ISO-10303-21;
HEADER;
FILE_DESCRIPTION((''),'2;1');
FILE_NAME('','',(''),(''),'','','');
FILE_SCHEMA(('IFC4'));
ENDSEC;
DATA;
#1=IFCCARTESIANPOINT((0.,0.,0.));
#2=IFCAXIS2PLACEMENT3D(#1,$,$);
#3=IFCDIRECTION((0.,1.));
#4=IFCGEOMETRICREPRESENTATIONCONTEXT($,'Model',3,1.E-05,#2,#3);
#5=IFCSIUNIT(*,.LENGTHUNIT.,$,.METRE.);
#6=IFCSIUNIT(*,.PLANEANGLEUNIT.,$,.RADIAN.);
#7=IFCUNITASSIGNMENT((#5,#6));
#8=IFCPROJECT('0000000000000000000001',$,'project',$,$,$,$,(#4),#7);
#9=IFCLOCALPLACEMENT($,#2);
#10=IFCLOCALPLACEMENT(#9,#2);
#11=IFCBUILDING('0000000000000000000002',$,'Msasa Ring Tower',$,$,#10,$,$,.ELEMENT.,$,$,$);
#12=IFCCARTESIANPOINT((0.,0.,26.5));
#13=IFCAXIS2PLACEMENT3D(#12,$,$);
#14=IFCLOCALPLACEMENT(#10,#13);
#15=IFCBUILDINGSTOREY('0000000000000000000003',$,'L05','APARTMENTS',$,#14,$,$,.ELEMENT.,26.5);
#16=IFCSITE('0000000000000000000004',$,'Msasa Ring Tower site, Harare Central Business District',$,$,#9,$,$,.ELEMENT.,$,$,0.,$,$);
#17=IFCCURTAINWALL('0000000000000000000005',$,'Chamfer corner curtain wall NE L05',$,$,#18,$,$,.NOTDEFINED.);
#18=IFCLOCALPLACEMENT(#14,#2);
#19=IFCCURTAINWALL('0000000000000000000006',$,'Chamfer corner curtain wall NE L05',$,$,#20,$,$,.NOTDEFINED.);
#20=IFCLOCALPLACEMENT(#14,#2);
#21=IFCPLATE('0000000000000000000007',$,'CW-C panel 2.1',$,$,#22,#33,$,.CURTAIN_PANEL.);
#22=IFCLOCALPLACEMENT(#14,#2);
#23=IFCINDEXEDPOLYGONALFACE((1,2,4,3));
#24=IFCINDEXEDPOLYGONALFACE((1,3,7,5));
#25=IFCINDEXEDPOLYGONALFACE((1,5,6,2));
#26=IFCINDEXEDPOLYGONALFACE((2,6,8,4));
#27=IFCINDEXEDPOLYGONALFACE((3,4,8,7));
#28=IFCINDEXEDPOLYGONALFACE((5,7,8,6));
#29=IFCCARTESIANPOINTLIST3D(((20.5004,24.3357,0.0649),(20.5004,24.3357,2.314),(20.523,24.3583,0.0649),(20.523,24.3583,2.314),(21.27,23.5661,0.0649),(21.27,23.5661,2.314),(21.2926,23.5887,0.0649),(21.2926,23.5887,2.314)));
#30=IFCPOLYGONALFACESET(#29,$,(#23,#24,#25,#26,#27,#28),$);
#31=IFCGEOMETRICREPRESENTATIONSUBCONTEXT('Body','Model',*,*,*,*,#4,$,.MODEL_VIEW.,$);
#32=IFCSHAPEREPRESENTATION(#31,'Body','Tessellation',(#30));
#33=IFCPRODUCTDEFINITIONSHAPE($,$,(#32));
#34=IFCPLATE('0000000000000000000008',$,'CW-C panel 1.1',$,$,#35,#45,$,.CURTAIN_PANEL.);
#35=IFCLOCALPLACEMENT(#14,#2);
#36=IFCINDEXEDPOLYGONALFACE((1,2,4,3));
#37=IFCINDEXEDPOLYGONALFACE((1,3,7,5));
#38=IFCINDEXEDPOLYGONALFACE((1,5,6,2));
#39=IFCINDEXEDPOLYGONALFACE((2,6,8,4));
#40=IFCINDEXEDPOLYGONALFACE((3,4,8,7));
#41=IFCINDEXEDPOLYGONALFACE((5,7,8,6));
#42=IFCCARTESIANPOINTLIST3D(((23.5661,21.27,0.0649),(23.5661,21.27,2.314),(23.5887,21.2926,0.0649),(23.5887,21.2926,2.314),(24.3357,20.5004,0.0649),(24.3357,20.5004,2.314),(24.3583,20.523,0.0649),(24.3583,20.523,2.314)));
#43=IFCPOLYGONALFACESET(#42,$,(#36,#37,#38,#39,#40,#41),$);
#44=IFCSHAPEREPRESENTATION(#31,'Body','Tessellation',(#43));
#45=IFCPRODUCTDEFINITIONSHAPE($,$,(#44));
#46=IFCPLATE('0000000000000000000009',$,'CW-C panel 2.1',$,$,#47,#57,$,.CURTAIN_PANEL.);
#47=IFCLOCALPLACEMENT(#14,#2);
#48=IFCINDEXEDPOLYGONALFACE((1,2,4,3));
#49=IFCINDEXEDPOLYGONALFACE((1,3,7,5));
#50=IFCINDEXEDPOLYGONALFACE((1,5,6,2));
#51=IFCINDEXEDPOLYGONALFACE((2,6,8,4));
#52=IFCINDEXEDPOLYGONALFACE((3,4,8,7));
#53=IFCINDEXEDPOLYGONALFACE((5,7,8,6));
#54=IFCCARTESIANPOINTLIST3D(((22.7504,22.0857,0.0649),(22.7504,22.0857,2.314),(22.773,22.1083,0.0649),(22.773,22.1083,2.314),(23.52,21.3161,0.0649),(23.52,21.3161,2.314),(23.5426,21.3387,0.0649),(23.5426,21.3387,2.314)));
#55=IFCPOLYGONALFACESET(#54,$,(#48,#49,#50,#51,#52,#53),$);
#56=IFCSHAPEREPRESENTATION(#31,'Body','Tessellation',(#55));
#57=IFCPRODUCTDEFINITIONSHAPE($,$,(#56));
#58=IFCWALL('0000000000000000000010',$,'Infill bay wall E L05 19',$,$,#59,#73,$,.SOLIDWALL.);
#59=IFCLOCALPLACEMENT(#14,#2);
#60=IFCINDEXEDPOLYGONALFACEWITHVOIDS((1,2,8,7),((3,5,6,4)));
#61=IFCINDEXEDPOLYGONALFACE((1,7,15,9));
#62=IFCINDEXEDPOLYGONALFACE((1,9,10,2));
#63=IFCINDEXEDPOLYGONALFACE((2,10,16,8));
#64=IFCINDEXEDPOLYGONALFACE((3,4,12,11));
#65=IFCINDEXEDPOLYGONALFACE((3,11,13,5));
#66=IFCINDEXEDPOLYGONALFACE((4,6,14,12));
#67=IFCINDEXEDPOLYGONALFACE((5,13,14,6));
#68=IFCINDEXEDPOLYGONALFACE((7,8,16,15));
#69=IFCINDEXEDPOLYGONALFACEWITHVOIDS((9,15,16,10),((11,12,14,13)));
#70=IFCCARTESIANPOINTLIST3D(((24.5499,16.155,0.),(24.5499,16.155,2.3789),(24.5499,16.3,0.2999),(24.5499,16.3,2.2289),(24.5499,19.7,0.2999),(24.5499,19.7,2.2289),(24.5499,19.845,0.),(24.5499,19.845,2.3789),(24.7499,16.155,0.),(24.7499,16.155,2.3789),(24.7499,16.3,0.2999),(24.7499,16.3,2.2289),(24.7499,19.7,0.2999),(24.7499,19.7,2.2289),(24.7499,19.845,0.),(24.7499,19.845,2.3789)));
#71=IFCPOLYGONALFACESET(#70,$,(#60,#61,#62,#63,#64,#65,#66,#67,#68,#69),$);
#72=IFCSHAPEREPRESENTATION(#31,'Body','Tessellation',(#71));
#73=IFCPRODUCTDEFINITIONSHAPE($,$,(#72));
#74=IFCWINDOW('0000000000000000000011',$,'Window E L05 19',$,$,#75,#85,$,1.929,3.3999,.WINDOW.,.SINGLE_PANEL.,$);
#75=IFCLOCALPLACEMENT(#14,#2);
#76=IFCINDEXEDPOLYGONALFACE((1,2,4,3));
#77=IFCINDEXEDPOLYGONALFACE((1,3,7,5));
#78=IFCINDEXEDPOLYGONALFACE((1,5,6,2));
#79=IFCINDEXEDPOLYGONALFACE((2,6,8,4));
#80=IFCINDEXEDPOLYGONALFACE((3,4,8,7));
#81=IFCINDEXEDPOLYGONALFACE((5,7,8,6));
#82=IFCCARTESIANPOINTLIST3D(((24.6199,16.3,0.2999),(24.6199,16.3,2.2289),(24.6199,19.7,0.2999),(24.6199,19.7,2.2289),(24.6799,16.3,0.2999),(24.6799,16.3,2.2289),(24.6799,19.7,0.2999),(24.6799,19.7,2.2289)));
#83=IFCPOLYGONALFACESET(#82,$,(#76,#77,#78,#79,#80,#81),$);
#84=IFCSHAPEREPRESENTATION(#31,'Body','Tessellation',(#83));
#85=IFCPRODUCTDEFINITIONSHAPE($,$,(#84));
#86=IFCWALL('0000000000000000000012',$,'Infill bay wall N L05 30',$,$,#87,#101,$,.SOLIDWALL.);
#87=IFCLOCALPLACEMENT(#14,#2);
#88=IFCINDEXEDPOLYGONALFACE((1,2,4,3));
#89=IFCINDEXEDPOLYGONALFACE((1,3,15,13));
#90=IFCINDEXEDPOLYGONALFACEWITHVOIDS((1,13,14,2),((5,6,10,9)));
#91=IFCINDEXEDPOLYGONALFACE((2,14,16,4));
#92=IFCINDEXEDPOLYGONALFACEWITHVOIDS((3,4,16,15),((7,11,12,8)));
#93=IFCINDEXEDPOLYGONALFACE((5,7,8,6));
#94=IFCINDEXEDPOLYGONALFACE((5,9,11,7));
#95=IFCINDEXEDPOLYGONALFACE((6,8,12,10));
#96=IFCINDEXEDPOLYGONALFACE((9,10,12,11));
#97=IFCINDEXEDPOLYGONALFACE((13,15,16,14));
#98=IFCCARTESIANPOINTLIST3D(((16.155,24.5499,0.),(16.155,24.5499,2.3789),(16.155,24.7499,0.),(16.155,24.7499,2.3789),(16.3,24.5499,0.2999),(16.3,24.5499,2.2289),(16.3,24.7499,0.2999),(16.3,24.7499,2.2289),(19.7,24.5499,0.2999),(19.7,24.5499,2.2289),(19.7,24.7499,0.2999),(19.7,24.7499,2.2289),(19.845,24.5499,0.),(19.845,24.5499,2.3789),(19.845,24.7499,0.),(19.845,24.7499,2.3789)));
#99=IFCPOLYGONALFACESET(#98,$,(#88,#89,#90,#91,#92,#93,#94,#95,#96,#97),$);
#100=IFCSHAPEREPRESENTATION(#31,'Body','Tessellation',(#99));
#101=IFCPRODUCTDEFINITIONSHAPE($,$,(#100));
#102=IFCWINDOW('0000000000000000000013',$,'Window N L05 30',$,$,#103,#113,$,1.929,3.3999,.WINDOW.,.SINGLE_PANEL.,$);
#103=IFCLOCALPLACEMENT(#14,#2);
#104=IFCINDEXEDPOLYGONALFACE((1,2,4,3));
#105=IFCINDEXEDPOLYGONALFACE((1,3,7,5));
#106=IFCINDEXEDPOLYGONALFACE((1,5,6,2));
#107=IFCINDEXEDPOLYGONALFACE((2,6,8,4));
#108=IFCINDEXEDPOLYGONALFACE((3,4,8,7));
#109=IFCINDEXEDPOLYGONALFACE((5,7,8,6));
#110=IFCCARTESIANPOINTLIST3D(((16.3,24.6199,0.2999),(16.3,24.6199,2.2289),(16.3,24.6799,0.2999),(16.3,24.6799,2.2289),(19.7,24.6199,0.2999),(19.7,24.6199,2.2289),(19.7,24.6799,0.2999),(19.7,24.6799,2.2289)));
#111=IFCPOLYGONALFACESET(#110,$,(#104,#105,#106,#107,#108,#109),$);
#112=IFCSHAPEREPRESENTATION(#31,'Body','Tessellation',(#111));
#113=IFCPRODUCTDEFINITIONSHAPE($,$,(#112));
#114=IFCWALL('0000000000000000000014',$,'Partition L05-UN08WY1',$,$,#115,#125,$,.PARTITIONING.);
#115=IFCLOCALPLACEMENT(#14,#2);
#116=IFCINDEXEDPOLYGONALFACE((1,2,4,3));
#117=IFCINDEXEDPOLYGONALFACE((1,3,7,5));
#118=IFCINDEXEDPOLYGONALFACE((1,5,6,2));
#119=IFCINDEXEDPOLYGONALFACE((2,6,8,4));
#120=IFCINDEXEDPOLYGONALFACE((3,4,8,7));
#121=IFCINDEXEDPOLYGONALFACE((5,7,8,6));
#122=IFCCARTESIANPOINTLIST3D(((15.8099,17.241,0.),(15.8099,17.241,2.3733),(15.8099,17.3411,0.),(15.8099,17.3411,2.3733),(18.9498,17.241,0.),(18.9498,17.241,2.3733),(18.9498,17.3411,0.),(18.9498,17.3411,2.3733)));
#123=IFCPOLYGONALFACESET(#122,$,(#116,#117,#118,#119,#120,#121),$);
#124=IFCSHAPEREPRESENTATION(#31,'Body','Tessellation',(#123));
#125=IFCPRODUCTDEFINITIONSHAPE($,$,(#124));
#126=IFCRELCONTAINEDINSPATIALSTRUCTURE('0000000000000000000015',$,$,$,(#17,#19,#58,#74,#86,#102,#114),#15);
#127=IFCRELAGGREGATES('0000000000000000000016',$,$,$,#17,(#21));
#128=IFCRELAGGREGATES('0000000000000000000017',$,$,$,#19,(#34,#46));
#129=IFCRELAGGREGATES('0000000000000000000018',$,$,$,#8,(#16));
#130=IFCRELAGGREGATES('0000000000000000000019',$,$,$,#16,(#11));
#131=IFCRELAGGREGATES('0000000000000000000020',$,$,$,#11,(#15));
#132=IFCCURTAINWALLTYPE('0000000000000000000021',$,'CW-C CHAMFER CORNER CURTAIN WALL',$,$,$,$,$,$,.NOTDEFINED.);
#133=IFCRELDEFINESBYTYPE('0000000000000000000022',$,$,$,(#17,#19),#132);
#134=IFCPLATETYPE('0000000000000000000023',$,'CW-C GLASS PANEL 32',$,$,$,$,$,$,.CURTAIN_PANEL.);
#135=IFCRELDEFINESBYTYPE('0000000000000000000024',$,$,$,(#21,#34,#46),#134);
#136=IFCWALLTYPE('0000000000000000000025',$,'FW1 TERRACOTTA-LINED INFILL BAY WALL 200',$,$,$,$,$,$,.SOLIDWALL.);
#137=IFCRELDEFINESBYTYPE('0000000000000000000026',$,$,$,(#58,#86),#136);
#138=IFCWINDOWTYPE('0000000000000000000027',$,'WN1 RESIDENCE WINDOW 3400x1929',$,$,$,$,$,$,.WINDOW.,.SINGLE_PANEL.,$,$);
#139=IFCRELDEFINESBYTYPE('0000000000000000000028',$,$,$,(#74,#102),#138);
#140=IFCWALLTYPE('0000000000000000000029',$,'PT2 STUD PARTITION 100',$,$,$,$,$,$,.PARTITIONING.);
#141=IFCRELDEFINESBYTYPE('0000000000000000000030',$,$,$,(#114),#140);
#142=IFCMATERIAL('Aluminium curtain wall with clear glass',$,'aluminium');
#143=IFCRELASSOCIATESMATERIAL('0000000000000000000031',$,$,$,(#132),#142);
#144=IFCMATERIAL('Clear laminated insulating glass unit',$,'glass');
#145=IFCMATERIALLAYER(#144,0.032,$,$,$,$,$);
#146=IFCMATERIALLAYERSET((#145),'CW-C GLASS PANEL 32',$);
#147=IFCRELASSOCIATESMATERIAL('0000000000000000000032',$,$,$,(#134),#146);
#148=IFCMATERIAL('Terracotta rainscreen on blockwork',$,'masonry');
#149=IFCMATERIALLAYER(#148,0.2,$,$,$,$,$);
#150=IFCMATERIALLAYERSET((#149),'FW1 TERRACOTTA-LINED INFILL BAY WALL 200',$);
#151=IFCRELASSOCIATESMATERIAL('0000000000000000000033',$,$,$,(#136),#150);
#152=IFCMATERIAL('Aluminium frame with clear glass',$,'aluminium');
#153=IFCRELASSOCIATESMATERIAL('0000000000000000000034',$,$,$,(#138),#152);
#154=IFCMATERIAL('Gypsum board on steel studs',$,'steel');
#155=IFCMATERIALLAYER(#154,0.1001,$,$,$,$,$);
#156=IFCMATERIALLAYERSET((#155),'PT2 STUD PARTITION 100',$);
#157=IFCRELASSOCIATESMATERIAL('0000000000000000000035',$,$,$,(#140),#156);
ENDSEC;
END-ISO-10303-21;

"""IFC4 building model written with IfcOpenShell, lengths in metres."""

from ifc_helpers import new_model, si_unit, direction, frame, frame_2d, origin, origin_2d, place, context, subcontext, project, spatial, rectangle, extrude, material, layer, layer_set, type_object, element, fill, aggregate, save


model = new_model("IFC4")

# Units and contexts
model_context = context("Model", 3, precision=1e-05, world=origin(), true_north=direction((0.0, 1.0)))
body_context = subcontext(model_context, "Body", "Model", "MODEL_VIEW")
ifc_project = project(units=[si_unit("LENGTHUNIT", "METRE"), si_unit("PLANEANGLEUNIT", "RADIAN")], contexts=[model_context])

# Site, building, storey
site_placement = place(None, origin())
site = spatial("IfcSite", under=ifc_project, at=site_placement, Name="Msasa Ring Tower site, Harare Central Business District", CompositionType="ELEMENT", RefElevation=0.0)
building_placement = place(site_placement, origin())
building = spatial("IfcBuilding", under=site, at=building_placement, Name="Msasa Ring Tower", CompositionType="ELEMENT")
storey_placement = place(building_placement, frame((0.0, 0.0, 26.5)))
storey = spatial("IfcBuildingStorey", under=building, at=storey_placement, Name="L05", Description="APARTMENTS", CompositionType="ELEMENT", Elevation=26.5)

# Curtain walls
ifc_material_1 = material(Name="Aluminium curtain wall with clear glass", Category="aluminium")
curtain_wall_type = type_object("IfcCurtainWallType", Name="CW-C CHAMFER CORNER CURTAIN WALL", PredefinedType="NOTDEFINED", material=ifc_material_1)
curtain_wall_1_placement = place(storey_placement, origin())
curtain_wall_1 = element("IfcCurtainWall", 1, at=curtain_wall_1_placement, inside=storey, type_object=curtain_wall_type, Name="Chamfer corner curtain wall NE L05", PredefinedType="NOTDEFINED")
curtain_wall_2_placement = place(storey_placement, origin())
curtain_wall_2 = element("IfcCurtainWall", 2, at=curtain_wall_2_placement, inside=storey, type_object=curtain_wall_type, Name="Chamfer corner curtain wall NE L05", PredefinedType="NOTDEFINED")

# Plates
ifc_material_2 = material(Name="Clear laminated insulating glass unit", Category="glass")
ifc_layer_1 = layer(ifc_material_2, 0.032)
ifc_layer_set_1 = layer_set([ifc_layer_1], Name="CW-C GLASS PANEL 32")
plate_type = type_object("IfcPlateType", Name="CW-C GLASS PANEL 32", PredefinedType="CURTAIN_PANEL", material=ifc_layer_set_1)
plate_1_placement = place(storey_placement, frame((20.8965, 23.9622, 0.0649), z_axis=(0.0, 0.0, 1.0), x_axis=(-0.707107, 0.707107, 0.0)))
plate_1 = element("IfcPlate", 3, at=plate_1_placement, type_object=plate_type, Name="CW-C panel 2.1", PredefinedType="CURTAIN_PANEL", context=body_context, shape_type="SweptSolid", body=[
    extrude(rectangle(XDim=1.0884, YDim=0.032, at=origin_2d()), origin(), (0.0, 0.0, 1.0), 2.249),
])
aggregate(curtain_wall_1, [plate_1])
plate_2_placement = place(storey_placement, frame((23.9622, 20.8965, 0.0649), z_axis=(0.0, 0.0, 1.0), x_axis=(-0.707107, 0.707107, 0.0)))
plate_2 = element("IfcPlate", 4, at=plate_2_placement, type_object=plate_type, Name="CW-C panel 1.1", PredefinedType="CURTAIN_PANEL", context=body_context, shape_type="SweptSolid", body=[
    extrude(rectangle(XDim=1.0884, YDim=0.032, at=origin_2d()), origin(), (0.0, 0.0, 1.0), 2.249),
])
plate_3_placement = place(storey_placement, frame((23.1465, 21.7122, 0.0649), z_axis=(0.0, 0.0, 1.0), x_axis=(-0.707107, 0.707107, 0.0)))
plate_3 = element("IfcPlate", 5, at=plate_3_placement, type_object=plate_type, Name="CW-C panel 2.1", PredefinedType="CURTAIN_PANEL", context=body_context, shape_type="SweptSolid", body=[
    extrude(rectangle(XDim=1.0884, YDim=0.032, at=origin_2d()), origin(), (0.0, 0.0, 1.0), 2.249),
])
aggregate(curtain_wall_2, [plate_2, plate_3])

# Walls, openings, windows
ifc_material_3 = material(Name="Terracotta rainscreen on blockwork", Category="masonry")
ifc_layer_2 = layer(ifc_material_3, 0.2)
ifc_layer_set_2 = layer_set([ifc_layer_2], Name="FW1 TERRACOTTA-LINED INFILL BAY WALL 200")
wall_type_1 = type_object("IfcWallType", Name="FW1 TERRACOTTA-LINED INFILL BAY WALL 200", PredefinedType="SOLIDWALL", material=ifc_layer_set_2)
wall_1_placement = place(storey_placement, frame((24.6499, 16.155, 0.0), z_axis=(0.0, 0.0, 1.0), x_axis=(0.0, 1.0, 0.0)))
wall_1 = element("IfcWall", 6, at=wall_1_placement, inside=storey, type_object=wall_type_1, Name="Infill bay wall E L05 19", PredefinedType="SOLIDWALL", context=body_context, shape_type="SweptSolid", body=[
    extrude(rectangle(XDim=3.6899, YDim=0.2, at=frame_2d((1.845, 0.0))), origin(), (0.0, 0.0, 1.0), 2.3789),
])
opening_1_placement = place(wall_1_placement, frame((0.145, 0.0, 0.3)))
opening_1 = element("IfcOpeningElement", 7, at=opening_1_placement, cuts=wall_1, PredefinedType="OPENING", context=body_context, shape_type="SweptSolid", body=[
    extrude(rectangle(XDim=3.3999, YDim=1.929, at=frame_2d((1.7, 0.9644))), frame((0.0, 0.1099, 0.0), z_axis=(0.0, -1.0, 0.0), x_axis=(1.0, 0.0, 0.0)), (0.0, 0.0, 1.0), 0.22),
])
ifc_material_4 = material(Name="Aluminium frame with clear glass", Category="aluminium")
window_type = type_object("IfcWindowType", Name="WN1 RESIDENCE WINDOW 3400x1929", PartitioningType="SINGLE_PANEL", PredefinedType="WINDOW", material=ifc_material_4)
window_1_placement = place(opening_1_placement, origin())
window_1 = element("IfcWindow", 8, at=window_1_placement, inside=storey, type_object=window_type, Name="Window E L05 19", OverallHeight=1.929, OverallWidth=3.3999, PartitioningType="SINGLE_PANEL", PredefinedType="WINDOW", context=body_context, shape_type="SweptSolid", body=[
    extrude(rectangle(XDim=3.3999, YDim=1.929, at=frame_2d((1.7, 0.9644))), frame((0.0, 0.03, 0.0), z_axis=(0.0, -1.0, 0.0), x_axis=(1.0, 0.0, 0.0)), (0.0, 0.0, 1.0), 0.0601),
])
fill(opening_1, window_1)
wall_2_placement = place(storey_placement, frame((16.155, 24.6499, 0.0), z_axis=(0.0, 0.0, 1.0), x_axis=(1.0, 0.0, 0.0)))
wall_2 = element("IfcWall", 9, at=wall_2_placement, inside=storey, type_object=wall_type_1, Name="Infill bay wall N L05 30", PredefinedType="SOLIDWALL", context=body_context, shape_type="SweptSolid", body=[
    extrude(rectangle(XDim=3.6899, YDim=0.2, at=frame_2d((1.845, 0.0))), origin(), (0.0, 0.0, 1.0), 2.3789),
])
opening_2_placement = place(wall_2_placement, frame((0.145, 0.0, 0.3)))
opening_2 = element("IfcOpeningElement", 10, at=opening_2_placement, cuts=wall_2, PredefinedType="OPENING", context=body_context, shape_type="SweptSolid", body=[
    extrude(rectangle(XDim=3.3999, YDim=1.929, at=frame_2d((1.7, 0.9644))), frame((0.0, 0.1099, 0.0), z_axis=(0.0, -1.0, 0.0), x_axis=(1.0, 0.0, 0.0)), (0.0, 0.0, 1.0), 0.22),
])
window_2_placement = place(opening_2_placement, origin())
window_2 = element("IfcWindow", 11, at=window_2_placement, inside=storey, type_object=window_type, Name="Window N L05 30", OverallHeight=1.929, OverallWidth=3.3999, PartitioningType="SINGLE_PANEL", PredefinedType="WINDOW", context=body_context, shape_type="SweptSolid", body=[
    extrude(rectangle(XDim=3.3999, YDim=1.929, at=frame_2d((1.7, 0.9644))), frame((0.0, 0.03, 0.0), z_axis=(0.0, -1.0, 0.0), x_axis=(1.0, 0.0, 0.0)), (0.0, 0.0, 1.0), 0.0601),
])
fill(opening_2, window_2)

# Wall
ifc_material_5 = material(Name="Gypsum board on steel studs", Category="steel")
ifc_layer_3 = layer(ifc_material_5, 0.1001)
ifc_layer_set_3 = layer_set([ifc_layer_3], Name="PT2 STUD PARTITION 100")
wall_type_2 = type_object("IfcWallType", Name="PT2 STUD PARTITION 100", PredefinedType="PARTITIONING", material=ifc_layer_set_3)
wall_3_placement = place(storey_placement, frame((15.8101, 17.291, 0.0), z_axis=(0.0, 0.0, 1.0), x_axis=(1.0, 0.0, 0.0)))
element("IfcWall", 12, at=wall_3_placement, inside=storey, type_object=wall_type_2, Name="Partition L05-UN08WY1", PredefinedType="PARTITIONING", context=body_context, shape_type="SweptSolid", body=[
    extrude(rectangle(XDim=3.1399, YDim=0.1001, at=frame_2d((1.5698, 0.0))), origin(), (0.0, 0.0, 1.0), 2.3733),
])

save(model, "model.ifc")
